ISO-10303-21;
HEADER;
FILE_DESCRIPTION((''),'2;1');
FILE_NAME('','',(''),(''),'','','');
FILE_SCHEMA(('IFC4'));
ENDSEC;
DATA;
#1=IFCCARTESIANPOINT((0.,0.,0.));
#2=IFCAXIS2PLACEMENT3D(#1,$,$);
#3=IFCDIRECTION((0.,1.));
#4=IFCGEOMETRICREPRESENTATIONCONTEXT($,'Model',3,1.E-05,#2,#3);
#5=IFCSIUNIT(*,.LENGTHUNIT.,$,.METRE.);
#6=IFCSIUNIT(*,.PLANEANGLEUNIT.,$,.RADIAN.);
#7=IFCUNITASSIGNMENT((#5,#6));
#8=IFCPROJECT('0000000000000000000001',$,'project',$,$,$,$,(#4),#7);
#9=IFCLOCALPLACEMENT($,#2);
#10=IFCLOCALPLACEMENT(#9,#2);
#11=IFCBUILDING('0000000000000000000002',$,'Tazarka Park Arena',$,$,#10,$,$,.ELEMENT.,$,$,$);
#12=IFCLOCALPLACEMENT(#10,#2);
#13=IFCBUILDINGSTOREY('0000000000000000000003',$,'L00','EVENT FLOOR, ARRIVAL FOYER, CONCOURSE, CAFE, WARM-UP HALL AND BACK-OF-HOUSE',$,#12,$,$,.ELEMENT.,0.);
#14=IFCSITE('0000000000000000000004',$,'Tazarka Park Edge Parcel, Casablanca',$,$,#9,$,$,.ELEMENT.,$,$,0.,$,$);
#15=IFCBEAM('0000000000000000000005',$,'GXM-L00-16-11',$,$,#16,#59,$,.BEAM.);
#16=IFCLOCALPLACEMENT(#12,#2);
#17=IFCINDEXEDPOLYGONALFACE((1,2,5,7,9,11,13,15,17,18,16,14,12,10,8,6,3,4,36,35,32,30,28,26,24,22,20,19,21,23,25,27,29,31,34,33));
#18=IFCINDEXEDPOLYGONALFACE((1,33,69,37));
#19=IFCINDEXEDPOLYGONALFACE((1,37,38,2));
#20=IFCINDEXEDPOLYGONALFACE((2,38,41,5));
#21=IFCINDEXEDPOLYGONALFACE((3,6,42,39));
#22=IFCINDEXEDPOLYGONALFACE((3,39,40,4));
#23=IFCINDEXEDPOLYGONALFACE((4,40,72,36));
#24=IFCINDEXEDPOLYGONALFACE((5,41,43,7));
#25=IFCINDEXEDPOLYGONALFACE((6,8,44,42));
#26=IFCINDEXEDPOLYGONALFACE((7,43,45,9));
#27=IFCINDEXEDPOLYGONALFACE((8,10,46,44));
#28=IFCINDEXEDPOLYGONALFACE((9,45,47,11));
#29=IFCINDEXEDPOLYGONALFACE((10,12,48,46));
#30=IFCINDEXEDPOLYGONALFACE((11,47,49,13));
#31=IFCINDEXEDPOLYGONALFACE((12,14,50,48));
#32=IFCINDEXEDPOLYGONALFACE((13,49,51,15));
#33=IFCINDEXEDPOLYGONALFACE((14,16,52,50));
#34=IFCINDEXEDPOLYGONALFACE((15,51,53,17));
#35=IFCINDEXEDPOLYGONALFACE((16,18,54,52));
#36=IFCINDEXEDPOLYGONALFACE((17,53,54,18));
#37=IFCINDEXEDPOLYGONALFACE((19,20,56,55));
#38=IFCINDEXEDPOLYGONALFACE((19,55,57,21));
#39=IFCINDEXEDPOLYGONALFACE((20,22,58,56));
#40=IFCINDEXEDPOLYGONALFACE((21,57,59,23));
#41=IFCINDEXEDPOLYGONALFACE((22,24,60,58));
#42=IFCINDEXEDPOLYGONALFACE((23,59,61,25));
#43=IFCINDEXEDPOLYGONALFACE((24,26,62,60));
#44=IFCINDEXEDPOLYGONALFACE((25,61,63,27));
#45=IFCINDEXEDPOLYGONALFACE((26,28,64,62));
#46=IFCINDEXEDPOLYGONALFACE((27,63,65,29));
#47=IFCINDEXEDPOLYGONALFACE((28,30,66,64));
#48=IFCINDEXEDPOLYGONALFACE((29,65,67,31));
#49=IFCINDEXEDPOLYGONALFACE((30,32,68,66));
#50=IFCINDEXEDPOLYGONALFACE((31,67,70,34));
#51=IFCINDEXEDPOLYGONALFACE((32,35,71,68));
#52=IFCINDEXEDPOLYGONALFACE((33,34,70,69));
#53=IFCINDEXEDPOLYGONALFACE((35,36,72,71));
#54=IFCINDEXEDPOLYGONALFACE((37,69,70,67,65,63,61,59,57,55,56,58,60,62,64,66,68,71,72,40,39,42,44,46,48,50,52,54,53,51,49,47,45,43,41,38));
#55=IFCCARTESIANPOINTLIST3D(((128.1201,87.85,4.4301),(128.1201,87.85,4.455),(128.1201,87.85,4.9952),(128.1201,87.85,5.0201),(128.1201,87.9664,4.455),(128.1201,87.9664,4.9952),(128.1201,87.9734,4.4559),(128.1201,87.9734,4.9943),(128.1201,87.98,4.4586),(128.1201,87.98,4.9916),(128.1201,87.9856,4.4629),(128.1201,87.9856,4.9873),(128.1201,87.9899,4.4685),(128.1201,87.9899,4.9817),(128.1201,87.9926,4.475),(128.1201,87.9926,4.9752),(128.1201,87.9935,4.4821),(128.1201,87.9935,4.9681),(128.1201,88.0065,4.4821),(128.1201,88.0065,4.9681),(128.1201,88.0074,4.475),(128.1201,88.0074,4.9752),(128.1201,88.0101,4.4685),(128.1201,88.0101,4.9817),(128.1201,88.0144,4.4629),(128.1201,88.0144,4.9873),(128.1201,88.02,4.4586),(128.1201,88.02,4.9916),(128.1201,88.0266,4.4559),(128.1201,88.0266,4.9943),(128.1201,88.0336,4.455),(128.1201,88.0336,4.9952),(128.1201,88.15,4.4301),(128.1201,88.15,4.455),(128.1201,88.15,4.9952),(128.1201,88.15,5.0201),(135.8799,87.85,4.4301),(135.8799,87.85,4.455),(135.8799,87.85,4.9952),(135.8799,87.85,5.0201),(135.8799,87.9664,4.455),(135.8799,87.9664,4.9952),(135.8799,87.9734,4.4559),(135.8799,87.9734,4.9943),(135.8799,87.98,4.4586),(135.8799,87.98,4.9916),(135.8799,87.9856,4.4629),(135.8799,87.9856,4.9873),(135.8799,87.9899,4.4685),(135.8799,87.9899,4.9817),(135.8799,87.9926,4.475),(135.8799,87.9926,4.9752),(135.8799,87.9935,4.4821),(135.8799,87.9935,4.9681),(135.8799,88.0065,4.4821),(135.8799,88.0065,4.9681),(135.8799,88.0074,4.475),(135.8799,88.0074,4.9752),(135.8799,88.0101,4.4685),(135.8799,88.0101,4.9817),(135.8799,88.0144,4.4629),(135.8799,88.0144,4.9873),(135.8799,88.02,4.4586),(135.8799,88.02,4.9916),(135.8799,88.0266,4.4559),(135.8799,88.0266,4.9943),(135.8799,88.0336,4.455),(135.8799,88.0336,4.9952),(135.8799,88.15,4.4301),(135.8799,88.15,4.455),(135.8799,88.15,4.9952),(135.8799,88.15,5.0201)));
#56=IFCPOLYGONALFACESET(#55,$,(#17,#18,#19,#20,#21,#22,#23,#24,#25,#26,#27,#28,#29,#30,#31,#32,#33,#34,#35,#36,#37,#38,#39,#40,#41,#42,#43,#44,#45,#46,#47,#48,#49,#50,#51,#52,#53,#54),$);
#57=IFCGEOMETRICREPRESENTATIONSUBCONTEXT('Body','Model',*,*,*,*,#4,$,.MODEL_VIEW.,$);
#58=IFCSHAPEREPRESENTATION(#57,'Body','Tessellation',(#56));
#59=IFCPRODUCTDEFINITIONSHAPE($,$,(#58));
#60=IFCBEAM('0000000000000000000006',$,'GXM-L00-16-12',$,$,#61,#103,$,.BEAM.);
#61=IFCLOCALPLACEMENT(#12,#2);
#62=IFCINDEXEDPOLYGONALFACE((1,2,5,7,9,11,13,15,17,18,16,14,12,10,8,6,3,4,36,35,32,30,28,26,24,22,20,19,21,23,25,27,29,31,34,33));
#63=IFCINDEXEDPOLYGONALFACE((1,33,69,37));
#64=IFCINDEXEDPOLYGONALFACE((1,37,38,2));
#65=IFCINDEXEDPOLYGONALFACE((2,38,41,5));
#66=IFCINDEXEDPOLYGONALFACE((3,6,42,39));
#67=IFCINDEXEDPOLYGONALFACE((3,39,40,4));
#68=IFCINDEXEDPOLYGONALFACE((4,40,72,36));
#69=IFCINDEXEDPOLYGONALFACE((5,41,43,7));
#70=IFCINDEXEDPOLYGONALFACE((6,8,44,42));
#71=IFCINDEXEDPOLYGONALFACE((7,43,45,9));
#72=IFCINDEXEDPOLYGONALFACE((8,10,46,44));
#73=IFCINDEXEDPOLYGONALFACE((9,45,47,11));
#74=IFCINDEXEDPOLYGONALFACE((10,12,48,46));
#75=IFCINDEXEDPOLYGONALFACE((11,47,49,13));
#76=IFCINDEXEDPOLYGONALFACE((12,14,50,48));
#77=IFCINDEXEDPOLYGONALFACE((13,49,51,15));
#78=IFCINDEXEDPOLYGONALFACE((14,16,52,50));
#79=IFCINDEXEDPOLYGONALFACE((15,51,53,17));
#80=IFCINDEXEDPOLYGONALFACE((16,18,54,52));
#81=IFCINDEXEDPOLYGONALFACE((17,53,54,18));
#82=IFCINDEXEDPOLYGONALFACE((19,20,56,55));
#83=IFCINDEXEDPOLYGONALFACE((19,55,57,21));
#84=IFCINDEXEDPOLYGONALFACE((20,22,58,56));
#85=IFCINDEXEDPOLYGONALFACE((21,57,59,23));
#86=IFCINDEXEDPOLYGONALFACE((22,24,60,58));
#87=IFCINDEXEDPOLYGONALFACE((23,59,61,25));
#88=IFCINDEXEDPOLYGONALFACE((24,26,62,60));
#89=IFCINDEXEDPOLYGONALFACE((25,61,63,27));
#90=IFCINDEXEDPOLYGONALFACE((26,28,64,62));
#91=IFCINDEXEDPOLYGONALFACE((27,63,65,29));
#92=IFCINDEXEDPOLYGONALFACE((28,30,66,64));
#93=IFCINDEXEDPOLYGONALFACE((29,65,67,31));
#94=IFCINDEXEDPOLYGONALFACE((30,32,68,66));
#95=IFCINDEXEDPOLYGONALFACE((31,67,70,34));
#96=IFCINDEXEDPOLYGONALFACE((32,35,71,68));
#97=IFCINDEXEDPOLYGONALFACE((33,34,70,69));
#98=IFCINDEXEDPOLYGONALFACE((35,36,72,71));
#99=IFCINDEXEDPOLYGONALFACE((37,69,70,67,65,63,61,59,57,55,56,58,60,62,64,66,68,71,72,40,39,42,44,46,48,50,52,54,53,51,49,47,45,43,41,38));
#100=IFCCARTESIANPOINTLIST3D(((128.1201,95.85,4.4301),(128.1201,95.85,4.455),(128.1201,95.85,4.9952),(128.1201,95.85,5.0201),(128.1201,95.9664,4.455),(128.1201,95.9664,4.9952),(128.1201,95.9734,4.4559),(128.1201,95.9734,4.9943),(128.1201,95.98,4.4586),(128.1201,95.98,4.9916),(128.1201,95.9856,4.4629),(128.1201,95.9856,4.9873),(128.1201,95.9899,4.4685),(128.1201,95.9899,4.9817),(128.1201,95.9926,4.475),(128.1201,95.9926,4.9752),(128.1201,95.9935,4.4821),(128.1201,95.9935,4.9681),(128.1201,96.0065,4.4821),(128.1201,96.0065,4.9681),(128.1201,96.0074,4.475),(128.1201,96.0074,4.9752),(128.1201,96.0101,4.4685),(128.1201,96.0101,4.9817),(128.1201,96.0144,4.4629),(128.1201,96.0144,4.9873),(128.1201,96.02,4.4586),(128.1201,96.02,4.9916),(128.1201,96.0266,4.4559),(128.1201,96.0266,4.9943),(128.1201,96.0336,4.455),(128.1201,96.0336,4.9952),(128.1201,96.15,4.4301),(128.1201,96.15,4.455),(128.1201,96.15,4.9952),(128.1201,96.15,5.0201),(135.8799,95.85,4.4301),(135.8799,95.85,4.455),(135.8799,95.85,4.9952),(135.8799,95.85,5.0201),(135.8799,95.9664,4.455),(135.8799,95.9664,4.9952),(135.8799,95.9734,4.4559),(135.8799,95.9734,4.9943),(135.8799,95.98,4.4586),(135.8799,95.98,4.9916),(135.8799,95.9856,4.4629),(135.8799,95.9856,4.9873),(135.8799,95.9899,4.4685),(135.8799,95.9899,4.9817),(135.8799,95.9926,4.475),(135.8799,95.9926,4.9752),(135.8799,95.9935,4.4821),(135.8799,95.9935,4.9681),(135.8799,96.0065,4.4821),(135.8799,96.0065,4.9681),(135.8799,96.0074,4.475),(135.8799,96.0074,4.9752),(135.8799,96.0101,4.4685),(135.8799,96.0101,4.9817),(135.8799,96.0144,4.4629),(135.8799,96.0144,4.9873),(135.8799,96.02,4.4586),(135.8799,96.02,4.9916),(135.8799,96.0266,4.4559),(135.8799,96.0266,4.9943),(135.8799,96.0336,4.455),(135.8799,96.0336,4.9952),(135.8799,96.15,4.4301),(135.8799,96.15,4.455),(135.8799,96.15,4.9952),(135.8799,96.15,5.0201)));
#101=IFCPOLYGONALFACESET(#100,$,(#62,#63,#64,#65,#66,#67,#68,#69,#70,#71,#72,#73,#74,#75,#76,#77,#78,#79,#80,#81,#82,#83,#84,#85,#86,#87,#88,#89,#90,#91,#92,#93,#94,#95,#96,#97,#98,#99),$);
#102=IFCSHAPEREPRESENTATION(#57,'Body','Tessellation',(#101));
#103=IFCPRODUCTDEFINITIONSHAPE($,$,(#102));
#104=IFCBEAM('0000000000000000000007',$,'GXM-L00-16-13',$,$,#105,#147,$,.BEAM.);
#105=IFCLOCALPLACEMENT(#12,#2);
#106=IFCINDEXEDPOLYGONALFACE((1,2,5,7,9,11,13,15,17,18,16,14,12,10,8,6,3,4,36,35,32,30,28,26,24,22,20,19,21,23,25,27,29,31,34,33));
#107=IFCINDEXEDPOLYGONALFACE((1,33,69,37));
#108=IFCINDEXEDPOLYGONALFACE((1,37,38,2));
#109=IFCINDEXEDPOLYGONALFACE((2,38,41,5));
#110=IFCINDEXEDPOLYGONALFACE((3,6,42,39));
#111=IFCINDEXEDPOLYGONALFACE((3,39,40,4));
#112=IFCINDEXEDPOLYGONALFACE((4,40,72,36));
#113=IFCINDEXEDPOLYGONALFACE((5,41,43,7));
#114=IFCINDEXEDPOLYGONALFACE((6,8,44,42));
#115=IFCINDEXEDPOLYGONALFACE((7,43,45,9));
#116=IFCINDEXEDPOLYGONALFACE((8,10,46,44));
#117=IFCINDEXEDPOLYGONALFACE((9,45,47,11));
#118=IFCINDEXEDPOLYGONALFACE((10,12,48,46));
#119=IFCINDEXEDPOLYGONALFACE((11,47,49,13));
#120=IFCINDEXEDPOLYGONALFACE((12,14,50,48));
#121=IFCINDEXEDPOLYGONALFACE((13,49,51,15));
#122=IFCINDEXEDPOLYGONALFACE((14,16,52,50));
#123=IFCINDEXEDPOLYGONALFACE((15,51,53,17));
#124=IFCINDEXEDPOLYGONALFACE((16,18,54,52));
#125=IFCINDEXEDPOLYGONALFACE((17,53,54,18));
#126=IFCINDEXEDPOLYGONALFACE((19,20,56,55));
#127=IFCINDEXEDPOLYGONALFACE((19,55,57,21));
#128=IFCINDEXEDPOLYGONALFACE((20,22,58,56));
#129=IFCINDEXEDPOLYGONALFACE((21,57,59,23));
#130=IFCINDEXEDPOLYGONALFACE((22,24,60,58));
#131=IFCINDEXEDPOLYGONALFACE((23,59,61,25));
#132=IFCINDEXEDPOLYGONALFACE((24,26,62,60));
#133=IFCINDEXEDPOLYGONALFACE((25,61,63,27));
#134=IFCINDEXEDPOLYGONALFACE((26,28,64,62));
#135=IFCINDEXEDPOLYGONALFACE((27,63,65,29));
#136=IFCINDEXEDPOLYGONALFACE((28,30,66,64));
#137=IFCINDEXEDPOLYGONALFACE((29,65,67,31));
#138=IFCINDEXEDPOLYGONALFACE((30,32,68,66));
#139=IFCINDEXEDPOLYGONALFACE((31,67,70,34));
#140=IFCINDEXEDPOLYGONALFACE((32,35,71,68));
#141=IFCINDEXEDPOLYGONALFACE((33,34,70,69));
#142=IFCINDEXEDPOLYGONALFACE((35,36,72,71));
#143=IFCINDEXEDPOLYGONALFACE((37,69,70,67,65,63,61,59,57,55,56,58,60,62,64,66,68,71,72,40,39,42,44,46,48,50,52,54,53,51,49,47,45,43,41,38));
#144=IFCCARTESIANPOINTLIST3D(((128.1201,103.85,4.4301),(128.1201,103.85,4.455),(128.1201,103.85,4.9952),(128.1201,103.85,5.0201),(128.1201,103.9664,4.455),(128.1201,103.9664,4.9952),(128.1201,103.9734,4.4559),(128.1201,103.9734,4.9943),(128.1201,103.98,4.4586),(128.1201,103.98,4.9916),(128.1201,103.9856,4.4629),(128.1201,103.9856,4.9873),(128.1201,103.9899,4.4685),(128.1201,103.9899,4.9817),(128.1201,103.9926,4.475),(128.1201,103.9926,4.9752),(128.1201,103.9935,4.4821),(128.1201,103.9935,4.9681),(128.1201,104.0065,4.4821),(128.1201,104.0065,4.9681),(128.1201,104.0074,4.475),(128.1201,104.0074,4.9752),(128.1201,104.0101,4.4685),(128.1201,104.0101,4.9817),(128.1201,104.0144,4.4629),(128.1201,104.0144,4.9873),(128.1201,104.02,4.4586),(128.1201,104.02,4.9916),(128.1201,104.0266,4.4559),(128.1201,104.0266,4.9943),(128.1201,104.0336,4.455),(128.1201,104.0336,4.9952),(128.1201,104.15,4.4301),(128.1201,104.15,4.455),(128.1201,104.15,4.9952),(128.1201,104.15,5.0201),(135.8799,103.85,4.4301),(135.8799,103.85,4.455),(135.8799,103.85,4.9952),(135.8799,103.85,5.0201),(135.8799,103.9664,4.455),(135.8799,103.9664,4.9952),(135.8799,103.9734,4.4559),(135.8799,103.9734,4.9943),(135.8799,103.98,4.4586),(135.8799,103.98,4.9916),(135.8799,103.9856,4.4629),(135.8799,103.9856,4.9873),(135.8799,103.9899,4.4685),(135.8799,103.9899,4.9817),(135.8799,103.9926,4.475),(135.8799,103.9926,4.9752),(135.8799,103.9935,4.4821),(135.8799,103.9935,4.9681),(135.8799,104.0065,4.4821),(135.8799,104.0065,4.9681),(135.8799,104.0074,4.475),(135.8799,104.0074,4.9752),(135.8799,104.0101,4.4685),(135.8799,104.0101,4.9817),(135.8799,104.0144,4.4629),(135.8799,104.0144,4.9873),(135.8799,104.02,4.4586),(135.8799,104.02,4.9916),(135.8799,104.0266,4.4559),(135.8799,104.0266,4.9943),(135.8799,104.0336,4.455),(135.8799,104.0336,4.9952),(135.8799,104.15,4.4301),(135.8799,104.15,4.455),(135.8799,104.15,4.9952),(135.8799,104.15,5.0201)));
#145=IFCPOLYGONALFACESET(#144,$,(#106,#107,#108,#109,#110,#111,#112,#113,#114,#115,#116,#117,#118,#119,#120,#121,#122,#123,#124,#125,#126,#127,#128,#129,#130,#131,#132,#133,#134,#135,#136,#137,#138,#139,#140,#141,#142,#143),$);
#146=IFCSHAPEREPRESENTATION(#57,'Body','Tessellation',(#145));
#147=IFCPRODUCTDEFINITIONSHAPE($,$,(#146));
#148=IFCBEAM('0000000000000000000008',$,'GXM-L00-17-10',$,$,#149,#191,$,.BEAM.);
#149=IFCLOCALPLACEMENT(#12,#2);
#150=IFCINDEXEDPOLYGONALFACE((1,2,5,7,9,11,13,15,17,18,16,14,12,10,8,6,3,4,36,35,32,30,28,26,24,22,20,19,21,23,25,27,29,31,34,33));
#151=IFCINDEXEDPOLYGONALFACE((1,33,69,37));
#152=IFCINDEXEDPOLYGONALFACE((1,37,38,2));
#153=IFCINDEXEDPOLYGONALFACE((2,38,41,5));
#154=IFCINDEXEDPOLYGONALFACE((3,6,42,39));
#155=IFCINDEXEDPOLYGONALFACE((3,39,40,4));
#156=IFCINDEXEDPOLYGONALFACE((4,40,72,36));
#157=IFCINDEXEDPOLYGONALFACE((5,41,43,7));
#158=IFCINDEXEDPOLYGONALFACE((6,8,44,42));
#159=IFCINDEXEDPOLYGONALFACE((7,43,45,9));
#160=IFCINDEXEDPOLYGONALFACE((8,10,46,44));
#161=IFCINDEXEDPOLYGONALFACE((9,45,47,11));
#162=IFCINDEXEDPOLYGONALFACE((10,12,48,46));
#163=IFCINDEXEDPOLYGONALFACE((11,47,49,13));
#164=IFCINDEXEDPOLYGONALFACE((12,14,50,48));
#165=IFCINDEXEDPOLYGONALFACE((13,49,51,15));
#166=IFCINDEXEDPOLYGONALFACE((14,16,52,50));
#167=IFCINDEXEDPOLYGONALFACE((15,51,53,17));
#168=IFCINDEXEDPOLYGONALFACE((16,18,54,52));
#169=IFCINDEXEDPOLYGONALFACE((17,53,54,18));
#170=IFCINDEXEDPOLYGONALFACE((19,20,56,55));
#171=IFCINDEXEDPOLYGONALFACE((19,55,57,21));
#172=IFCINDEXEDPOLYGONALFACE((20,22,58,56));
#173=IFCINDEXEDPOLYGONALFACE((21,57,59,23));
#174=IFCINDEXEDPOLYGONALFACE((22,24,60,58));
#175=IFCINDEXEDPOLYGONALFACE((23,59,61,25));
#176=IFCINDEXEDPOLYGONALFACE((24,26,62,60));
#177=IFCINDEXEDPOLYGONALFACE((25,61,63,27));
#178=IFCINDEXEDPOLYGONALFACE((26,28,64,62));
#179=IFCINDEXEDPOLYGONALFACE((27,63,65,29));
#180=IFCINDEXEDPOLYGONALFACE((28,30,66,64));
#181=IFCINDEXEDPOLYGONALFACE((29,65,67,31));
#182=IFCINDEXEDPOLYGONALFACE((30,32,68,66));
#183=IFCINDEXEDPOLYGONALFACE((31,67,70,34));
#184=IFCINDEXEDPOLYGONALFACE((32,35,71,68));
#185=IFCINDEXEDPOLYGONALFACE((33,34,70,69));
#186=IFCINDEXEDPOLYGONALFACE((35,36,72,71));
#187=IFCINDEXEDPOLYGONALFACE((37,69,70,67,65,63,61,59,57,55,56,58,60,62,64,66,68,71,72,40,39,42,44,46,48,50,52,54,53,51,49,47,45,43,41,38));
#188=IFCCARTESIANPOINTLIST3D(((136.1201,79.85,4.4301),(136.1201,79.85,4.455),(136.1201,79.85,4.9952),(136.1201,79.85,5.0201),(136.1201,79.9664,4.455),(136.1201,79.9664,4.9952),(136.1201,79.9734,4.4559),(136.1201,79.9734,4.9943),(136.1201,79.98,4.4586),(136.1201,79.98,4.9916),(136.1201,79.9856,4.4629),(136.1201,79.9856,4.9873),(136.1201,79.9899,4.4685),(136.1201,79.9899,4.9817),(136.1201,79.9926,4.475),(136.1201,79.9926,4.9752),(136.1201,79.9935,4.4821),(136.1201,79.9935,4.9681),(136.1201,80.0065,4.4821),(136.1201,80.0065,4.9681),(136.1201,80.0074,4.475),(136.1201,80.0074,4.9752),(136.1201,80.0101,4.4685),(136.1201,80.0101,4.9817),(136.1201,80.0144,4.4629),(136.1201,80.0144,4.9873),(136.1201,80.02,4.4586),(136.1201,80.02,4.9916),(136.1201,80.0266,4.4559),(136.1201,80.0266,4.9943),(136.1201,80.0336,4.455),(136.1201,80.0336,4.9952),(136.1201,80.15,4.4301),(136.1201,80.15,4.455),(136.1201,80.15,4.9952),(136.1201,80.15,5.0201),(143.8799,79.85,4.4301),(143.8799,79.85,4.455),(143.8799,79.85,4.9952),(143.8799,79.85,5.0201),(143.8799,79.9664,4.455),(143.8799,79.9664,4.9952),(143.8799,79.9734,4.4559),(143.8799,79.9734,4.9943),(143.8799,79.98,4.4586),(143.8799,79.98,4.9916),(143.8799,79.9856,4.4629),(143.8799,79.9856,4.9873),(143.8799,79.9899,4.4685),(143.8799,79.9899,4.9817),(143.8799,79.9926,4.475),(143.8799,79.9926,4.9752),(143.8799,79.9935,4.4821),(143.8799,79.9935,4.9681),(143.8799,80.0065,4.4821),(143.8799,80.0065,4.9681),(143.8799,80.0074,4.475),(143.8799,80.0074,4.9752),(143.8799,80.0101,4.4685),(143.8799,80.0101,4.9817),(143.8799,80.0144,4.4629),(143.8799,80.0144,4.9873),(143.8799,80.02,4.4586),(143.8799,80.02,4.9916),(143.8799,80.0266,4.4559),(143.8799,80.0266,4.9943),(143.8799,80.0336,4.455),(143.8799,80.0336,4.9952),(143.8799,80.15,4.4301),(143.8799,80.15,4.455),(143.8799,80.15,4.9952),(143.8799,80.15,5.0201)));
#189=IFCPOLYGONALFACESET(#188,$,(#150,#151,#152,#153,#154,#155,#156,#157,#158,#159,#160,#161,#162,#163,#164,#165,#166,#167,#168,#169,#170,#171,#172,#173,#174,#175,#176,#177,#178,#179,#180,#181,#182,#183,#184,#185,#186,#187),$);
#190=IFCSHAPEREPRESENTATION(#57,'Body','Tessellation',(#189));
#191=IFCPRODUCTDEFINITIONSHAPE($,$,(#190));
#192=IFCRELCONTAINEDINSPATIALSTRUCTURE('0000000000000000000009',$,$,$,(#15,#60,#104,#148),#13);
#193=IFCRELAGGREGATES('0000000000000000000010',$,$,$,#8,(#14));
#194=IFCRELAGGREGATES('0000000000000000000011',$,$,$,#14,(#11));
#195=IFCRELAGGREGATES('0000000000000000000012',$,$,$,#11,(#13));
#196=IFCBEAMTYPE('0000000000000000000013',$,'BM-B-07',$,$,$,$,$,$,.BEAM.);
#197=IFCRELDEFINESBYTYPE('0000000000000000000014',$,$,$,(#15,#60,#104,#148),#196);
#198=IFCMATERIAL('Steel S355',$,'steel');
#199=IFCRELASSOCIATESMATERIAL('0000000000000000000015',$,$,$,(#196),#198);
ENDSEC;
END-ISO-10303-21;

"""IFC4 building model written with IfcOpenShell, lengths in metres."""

from ifc_helpers import new_model, si_unit, direction, frame, origin, origin_2d, place, context, subcontext, project, spatial, i_section, extrude, material, material_profile, profile_set, type_object, element, save


model = new_model("IFC4")

# Units and contexts
model_context = context("Model", 3, precision=1e-05, world=origin(), true_north=direction((0.0, 1.0)))
body_context = subcontext(model_context, "Body", "Model", "MODEL_VIEW")
ifc_project = project(units=[si_unit("LENGTHUNIT", "METRE"), si_unit("PLANEANGLEUNIT", "RADIAN")], contexts=[model_context])

# Site, building, storey
site_placement = place(None, origin())
site = spatial("IfcSite", under=ifc_project, at=site_placement, Name="Tazarka Park Edge Parcel, Casablanca", CompositionType="ELEMENT", RefElevation=0.0)
building_placement = place(site_placement, origin())
building = spatial("IfcBuilding", under=site, at=building_placement, Name="Tazarka Park Arena", CompositionType="ELEMENT")
storey_placement = place(building_placement, origin())
storey = spatial("IfcBuildingStorey", under=building, at=storey_placement, Name="L00", Description="EVENT FLOOR, ARRIVAL FOYER, CONCOURSE, CAFE, WARM-UP HALL AND BACK-OF-HOUSE", CompositionType="ELEMENT", Elevation=0.0)

# Beams
ifc_material_1 = material(Name="Steel S355", Category="steel")
ifc_material_profile_1 = material_profile(ifc_material_1, i_section(OverallWidth=0.3, OverallDepth=0.5901, WebThickness=0.0129, FlangeThickness=0.0249, FilletRadius=0.0271, at=origin_2d()), Name="Steel S355")
ifc_profile_set_1 = profile_set([ifc_material_profile_1], Name="Steel S355")
beam_type_1 = type_object("IfcBeamType", Name="BM-B-07", PredefinedType="BEAM", material=ifc_profile_set_1)
for number, where, z_axis, x_axis, name in (
    (1, (128.1201, 88.0, 4.7251), (1.0, 0.0, 0.0), (0.0, 1.0, 0.0), "GXM-L00-16-11"),
    (2, (128.1201, 96.0, 4.7251), (1.0, 0.0, 0.0), (0.0, 1.0, 0.0), "GXM-L00-16-12"),
    (3, (128.1201, 104.0, 4.7251), (1.0, 0.0, 0.0), (0.0, 1.0, 0.0), "GXM-L00-16-13"),
    (4, (136.1201, 80.0, 4.7251), (1.0, 0.0, 0.0), (0.0, 1.0, 0.0), "GXM-L00-17-10"),
):
    element("IfcBeam", number, at=place(storey_placement, frame(where, z_axis=z_axis, x_axis=x_axis)), inside=storey, type_object=beam_type_1, Name=name, PredefinedType="BEAM", context=body_context, shape_type="SweptSolid", body=[
        extrude(i_section(OverallWidth=0.3, OverallDepth=0.5901, WebThickness=0.0129, FlangeThickness=0.0249, FilletRadius=0.0271, at=origin_2d()), origin(), (0.0, 0.0, 1.0), 7.7598),
    ])

save(model, "model.ifc")
